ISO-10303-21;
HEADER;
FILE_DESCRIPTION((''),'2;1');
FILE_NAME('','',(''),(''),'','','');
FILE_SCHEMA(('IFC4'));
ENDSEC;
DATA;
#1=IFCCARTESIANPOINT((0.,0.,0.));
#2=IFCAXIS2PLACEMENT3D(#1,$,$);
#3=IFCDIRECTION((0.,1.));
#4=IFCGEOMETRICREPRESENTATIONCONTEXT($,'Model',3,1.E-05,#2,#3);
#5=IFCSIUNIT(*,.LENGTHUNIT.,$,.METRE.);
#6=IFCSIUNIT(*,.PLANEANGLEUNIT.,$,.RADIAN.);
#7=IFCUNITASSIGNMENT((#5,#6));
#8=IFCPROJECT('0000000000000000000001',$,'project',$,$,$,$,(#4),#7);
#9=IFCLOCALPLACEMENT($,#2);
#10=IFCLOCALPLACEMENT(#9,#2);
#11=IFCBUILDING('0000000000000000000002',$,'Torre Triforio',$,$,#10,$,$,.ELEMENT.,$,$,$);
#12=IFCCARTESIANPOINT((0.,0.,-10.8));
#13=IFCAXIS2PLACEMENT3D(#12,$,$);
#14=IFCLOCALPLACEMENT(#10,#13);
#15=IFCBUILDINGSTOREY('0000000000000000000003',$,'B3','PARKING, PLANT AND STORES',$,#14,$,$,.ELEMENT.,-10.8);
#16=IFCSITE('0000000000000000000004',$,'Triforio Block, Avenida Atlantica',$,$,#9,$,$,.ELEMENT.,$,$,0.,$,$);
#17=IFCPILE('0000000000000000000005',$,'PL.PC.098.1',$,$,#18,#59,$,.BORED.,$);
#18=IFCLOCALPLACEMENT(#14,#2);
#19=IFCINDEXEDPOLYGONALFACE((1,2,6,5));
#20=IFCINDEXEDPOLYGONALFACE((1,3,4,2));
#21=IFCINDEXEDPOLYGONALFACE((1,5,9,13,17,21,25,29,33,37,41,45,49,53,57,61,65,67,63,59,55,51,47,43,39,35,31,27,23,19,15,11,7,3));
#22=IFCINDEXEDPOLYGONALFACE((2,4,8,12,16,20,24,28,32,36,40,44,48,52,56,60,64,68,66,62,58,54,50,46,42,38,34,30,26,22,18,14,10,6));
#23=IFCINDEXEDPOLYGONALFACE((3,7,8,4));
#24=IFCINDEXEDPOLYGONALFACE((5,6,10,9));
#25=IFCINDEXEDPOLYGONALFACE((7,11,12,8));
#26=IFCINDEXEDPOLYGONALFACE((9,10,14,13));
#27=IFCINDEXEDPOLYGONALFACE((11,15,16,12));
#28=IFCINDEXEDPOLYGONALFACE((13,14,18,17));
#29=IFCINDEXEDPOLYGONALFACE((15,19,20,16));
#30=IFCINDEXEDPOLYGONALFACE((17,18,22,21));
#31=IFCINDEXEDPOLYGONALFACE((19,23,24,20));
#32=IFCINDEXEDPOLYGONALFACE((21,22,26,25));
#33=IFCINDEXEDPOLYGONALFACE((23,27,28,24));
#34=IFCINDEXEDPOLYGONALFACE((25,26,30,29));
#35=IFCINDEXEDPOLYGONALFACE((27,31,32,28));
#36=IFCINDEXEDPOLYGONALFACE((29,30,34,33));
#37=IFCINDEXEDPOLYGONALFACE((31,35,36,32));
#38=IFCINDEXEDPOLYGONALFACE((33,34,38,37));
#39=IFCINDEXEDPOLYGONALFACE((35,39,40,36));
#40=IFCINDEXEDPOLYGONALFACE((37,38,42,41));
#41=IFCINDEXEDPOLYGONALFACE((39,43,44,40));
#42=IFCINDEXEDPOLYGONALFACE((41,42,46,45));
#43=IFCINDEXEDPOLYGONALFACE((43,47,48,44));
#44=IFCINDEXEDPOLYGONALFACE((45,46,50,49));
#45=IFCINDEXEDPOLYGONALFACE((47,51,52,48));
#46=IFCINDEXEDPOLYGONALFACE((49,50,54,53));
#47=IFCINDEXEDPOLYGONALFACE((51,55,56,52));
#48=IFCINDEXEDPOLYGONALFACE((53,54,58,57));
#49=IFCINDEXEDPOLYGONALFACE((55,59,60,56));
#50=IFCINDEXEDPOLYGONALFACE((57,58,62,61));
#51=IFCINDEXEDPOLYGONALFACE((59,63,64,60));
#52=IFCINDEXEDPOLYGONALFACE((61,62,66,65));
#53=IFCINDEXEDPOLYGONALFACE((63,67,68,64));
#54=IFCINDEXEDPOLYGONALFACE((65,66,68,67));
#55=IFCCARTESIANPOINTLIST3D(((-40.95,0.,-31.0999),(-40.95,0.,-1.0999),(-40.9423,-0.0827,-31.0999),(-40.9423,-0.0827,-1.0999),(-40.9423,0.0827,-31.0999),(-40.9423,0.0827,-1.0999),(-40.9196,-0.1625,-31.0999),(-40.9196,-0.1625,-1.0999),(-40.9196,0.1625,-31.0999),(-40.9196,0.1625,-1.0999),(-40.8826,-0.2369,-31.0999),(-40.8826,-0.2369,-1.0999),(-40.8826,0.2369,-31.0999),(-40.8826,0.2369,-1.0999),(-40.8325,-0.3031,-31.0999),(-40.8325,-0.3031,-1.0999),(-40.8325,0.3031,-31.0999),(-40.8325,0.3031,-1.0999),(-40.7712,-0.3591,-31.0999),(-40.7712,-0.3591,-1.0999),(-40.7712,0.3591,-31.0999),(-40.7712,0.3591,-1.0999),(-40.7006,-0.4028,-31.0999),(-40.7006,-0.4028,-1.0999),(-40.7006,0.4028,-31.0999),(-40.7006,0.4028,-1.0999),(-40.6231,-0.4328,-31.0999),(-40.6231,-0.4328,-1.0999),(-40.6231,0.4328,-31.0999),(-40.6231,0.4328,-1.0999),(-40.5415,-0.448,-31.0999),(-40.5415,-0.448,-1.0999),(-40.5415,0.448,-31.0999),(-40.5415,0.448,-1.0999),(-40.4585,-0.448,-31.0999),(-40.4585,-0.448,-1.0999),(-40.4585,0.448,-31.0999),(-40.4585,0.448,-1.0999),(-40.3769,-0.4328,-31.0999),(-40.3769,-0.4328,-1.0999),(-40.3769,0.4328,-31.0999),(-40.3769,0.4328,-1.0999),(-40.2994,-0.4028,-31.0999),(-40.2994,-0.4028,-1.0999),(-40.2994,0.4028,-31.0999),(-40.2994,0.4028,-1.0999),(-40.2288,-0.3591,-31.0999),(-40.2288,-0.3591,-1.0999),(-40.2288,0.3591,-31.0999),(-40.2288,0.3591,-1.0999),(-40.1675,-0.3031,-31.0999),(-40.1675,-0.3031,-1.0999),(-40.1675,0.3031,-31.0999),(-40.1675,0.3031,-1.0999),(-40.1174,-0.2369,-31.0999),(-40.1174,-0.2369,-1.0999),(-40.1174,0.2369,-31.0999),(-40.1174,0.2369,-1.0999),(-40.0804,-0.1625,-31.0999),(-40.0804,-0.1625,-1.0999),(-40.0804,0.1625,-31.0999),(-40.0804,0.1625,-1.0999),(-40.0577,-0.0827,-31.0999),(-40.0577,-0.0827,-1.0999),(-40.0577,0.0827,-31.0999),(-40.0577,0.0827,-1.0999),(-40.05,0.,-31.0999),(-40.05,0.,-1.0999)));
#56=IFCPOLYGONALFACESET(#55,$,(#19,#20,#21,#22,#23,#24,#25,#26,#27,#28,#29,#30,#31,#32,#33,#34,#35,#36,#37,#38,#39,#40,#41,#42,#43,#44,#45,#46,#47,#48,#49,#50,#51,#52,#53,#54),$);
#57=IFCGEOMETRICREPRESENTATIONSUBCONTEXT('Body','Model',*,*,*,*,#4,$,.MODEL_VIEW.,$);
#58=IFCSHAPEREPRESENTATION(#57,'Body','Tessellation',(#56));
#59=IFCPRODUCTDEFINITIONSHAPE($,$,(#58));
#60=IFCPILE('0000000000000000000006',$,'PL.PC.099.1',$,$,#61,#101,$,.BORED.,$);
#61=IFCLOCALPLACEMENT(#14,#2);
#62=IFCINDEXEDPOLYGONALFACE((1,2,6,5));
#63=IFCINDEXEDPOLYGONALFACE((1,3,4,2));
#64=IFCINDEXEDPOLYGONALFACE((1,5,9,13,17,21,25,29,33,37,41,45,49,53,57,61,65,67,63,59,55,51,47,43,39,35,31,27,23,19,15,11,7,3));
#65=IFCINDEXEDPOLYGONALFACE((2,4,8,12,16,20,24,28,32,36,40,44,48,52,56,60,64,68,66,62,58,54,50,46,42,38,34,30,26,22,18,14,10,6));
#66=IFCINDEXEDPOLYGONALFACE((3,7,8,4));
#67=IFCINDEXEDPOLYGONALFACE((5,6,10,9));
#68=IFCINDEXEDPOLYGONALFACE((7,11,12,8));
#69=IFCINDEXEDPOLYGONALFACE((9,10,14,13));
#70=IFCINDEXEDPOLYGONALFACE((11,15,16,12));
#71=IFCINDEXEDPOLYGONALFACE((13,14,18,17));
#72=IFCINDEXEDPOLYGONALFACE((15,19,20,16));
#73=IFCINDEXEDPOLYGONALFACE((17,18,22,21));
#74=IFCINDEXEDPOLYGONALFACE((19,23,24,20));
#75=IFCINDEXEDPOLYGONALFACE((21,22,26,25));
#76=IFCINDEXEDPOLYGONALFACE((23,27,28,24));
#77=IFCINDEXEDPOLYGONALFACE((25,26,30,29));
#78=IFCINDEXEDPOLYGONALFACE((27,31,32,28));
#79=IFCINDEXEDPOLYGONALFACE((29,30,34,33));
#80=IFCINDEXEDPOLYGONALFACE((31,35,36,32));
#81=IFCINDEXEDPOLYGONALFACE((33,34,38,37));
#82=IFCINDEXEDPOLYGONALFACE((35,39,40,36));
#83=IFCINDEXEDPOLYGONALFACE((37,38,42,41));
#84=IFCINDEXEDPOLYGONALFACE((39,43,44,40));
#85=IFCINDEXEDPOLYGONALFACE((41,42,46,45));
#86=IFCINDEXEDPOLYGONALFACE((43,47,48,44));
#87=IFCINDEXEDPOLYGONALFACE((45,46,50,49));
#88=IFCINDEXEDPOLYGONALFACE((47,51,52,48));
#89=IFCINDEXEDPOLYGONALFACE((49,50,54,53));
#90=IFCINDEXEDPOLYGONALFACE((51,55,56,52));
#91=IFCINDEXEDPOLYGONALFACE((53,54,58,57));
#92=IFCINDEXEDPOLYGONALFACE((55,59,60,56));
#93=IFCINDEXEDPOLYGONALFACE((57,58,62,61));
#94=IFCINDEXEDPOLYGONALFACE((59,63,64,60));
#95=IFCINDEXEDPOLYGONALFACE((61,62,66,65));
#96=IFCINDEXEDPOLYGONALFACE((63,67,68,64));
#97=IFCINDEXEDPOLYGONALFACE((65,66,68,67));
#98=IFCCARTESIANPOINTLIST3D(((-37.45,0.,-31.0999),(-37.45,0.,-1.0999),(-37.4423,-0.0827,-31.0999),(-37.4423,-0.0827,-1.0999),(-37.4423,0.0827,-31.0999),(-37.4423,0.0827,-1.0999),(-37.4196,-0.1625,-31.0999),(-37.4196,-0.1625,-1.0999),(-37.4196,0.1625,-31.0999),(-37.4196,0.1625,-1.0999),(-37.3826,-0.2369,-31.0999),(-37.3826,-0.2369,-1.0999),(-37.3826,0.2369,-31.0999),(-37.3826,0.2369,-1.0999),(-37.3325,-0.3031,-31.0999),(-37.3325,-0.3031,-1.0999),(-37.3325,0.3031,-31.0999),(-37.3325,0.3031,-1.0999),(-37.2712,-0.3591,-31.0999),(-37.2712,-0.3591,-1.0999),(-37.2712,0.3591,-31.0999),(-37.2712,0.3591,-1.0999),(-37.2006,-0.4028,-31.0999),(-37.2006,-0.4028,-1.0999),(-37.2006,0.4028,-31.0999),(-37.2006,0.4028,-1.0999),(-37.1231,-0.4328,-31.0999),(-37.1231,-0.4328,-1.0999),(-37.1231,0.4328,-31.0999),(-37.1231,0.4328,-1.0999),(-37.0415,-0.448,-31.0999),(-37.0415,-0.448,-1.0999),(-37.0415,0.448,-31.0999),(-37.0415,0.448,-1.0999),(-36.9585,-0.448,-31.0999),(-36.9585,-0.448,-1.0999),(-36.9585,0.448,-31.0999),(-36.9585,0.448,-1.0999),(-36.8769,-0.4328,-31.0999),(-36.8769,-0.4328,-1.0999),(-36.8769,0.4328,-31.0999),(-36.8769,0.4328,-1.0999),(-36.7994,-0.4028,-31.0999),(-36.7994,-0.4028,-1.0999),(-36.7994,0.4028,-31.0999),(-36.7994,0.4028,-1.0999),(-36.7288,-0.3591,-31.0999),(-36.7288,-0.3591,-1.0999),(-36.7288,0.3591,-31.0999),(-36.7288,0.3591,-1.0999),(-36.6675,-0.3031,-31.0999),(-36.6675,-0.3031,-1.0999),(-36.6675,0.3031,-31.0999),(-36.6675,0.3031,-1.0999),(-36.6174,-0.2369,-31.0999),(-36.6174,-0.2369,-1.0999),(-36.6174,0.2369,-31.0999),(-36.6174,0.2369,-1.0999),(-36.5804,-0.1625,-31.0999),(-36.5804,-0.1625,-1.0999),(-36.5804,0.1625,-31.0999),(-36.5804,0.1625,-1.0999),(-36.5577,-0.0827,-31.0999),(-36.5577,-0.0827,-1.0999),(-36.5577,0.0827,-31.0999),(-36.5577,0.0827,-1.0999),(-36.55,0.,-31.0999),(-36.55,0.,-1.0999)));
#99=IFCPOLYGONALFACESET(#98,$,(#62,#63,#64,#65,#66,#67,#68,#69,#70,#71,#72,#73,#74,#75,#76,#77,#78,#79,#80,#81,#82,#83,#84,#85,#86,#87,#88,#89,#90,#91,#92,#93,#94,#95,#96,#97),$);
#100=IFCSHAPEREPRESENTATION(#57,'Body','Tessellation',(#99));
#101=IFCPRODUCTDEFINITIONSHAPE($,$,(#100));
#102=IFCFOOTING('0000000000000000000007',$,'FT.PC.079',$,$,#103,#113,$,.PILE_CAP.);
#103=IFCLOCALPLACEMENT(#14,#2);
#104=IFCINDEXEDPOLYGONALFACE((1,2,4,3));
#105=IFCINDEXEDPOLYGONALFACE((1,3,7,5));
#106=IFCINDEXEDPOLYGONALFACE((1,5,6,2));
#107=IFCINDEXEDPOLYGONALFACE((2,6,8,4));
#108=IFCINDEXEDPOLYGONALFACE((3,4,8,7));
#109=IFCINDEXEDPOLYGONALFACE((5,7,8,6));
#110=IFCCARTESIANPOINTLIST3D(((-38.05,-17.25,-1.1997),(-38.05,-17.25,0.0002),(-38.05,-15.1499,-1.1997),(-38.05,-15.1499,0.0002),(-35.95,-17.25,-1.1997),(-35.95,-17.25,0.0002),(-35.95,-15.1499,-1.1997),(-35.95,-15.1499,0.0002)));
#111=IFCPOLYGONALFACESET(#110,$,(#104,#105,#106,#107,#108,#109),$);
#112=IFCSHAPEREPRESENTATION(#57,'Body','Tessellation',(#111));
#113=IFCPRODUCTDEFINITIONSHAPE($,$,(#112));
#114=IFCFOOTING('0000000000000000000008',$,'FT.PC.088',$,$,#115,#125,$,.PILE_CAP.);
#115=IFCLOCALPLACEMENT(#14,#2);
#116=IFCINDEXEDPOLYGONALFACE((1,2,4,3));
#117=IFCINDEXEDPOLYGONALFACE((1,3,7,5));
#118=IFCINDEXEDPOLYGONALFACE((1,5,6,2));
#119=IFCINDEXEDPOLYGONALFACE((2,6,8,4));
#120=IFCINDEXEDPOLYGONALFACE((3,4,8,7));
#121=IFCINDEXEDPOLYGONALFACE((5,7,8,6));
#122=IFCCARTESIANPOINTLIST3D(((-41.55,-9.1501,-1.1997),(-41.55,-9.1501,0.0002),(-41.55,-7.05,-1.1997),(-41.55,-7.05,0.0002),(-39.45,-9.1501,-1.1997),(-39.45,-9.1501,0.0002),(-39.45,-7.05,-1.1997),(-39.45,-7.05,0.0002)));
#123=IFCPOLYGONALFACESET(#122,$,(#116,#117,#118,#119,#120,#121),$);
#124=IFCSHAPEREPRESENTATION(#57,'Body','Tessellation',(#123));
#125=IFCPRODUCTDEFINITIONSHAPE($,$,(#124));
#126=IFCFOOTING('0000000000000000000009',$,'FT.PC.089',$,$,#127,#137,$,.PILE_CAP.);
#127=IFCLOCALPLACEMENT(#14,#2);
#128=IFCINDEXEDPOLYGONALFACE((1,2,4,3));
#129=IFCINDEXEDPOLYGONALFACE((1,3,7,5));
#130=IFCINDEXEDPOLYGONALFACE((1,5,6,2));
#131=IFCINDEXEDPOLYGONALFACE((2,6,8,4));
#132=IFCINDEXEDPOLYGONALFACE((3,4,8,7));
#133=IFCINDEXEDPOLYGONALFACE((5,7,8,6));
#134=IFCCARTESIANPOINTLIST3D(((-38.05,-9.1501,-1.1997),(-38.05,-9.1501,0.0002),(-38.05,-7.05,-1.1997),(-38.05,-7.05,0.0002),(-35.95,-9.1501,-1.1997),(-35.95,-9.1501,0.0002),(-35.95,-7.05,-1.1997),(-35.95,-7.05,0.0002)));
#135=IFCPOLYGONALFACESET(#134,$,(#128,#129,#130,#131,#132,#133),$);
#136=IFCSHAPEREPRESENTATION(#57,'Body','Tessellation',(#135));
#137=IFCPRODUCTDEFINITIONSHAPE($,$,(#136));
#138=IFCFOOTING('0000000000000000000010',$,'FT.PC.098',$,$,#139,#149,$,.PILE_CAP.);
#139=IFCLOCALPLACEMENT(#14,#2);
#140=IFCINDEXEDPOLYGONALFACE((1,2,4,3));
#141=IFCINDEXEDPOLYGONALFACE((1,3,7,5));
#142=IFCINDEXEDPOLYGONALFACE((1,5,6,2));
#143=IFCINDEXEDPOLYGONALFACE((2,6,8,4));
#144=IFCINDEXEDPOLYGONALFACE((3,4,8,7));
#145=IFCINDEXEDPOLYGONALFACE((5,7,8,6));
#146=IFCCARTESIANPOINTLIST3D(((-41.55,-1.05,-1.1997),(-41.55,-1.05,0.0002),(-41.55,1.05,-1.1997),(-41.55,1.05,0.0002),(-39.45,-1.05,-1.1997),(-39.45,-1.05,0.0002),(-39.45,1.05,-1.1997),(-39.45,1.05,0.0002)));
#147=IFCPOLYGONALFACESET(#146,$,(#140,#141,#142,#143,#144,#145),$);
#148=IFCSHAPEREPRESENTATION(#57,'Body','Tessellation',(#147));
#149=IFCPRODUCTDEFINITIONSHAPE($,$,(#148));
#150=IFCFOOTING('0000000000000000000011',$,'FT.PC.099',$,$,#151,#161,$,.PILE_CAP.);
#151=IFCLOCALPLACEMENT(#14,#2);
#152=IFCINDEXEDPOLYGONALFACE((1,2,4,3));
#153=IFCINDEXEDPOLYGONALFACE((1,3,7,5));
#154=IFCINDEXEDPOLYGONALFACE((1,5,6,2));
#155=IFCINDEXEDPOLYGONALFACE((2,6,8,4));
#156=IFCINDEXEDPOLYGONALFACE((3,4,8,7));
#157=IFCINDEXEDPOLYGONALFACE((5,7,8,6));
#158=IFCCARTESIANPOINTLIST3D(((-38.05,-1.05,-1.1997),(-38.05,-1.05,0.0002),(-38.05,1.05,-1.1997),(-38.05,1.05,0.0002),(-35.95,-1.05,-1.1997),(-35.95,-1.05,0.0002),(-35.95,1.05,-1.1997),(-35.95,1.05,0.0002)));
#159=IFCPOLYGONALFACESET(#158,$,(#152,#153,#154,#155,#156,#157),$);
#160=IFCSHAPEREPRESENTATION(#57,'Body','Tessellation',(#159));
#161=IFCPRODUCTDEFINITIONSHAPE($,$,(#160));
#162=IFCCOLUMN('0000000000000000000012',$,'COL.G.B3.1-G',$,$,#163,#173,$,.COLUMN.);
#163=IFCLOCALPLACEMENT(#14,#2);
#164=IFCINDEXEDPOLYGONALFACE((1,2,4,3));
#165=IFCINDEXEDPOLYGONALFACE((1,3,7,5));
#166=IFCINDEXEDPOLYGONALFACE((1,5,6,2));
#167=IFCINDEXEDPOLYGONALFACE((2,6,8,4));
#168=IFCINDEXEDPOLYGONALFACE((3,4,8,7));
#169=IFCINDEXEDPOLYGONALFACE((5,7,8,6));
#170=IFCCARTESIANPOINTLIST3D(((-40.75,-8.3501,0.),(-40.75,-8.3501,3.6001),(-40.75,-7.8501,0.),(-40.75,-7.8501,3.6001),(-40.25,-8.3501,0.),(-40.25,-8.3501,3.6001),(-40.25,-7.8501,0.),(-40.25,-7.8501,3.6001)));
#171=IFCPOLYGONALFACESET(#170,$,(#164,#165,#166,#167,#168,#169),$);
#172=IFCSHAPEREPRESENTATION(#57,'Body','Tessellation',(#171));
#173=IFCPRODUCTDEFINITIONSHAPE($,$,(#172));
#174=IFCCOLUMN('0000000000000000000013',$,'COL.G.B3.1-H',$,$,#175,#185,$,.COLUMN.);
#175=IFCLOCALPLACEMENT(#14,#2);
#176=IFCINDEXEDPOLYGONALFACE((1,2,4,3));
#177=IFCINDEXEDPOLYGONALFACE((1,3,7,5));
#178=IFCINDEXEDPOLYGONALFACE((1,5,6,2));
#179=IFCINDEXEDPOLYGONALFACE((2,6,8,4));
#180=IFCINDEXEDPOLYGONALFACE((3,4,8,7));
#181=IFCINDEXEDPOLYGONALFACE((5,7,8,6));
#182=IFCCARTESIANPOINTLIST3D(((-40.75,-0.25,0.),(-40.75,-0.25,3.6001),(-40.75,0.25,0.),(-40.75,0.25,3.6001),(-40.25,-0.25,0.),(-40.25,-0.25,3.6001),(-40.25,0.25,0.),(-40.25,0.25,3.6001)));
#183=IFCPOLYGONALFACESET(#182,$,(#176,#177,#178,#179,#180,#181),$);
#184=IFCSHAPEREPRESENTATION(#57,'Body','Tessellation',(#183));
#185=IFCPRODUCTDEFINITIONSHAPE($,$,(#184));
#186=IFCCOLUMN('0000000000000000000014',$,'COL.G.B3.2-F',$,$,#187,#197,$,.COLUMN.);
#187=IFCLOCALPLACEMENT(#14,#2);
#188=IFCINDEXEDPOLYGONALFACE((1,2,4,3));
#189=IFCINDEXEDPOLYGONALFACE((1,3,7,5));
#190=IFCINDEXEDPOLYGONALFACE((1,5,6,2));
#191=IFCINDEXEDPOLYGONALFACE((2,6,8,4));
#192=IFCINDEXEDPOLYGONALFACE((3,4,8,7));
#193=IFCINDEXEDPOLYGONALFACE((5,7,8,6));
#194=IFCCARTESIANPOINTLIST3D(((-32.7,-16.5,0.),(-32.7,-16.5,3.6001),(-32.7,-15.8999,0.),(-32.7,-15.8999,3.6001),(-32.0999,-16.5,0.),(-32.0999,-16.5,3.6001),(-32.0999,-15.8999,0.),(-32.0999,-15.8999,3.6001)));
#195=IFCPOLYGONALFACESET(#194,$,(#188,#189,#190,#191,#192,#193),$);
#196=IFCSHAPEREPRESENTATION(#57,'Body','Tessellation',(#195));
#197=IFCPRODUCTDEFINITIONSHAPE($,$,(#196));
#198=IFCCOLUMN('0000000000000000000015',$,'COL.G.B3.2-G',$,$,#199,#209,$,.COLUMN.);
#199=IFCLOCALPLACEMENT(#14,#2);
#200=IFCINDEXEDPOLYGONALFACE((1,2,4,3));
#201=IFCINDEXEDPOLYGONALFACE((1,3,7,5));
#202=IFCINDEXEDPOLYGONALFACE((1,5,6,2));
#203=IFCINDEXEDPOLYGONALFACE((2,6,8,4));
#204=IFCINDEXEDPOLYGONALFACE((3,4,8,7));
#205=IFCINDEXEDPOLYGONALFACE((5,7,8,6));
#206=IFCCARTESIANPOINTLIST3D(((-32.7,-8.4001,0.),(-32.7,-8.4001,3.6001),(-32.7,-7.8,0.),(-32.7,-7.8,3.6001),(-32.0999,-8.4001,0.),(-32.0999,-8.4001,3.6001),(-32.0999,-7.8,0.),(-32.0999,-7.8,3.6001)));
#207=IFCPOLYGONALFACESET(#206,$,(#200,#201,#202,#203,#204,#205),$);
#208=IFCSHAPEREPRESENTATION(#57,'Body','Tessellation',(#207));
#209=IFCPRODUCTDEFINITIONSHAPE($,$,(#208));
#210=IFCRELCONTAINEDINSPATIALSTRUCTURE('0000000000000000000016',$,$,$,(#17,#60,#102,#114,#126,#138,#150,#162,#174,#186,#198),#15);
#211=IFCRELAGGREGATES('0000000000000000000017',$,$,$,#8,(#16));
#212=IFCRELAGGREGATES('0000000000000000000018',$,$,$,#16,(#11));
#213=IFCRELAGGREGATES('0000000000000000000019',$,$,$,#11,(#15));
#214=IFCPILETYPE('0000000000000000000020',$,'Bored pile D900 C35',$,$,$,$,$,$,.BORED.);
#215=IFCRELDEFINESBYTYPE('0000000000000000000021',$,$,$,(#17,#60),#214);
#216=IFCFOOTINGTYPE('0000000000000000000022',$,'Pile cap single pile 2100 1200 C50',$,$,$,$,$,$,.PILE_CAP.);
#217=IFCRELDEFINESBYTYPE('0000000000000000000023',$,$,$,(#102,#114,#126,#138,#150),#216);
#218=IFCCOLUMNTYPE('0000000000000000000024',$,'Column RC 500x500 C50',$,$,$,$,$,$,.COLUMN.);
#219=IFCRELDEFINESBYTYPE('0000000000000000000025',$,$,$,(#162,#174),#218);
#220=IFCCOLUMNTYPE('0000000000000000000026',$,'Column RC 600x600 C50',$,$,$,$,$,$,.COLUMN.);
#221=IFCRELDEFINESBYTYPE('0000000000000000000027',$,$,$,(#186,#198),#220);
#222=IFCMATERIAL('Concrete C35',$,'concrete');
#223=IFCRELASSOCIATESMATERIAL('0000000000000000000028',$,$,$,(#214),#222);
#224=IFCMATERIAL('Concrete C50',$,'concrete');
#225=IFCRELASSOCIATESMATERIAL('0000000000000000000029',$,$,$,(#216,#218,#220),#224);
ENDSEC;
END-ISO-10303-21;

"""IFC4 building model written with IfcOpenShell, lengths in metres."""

from ifc_helpers import new_model, si_unit, direction, frame, origin, origin_2d, place, context, subcontext, project, spatial, rectangle, circle, extrude, material, material_profile, profile_set, type_object, element, save


model = new_model("IFC4")

# Units and contexts
model_context = context("Model", 3, precision=1e-05, world=origin(), true_north=direction((0.0, 1.0)))
body_context = subcontext(model_context, "Body", "Model", "MODEL_VIEW")
ifc_project = project(units=[si_unit("LENGTHUNIT", "METRE"), si_unit("PLANEANGLEUNIT", "RADIAN")], contexts=[model_context])

# Site, building, storey
site_placement = place(None, origin())
site = spatial("IfcSite", under=ifc_project, at=site_placement, Name="Triforio Block, Avenida Atlantica", CompositionType="ELEMENT", RefElevation=0.0)
building_placement = place(site_placement, origin())
building = spatial("IfcBuilding", under=site, at=building_placement, Name="Torre Triforio", CompositionType="ELEMENT")
storey_placement = place(building_placement, frame((0.0, 0.0, -10.8)))
storey = spatial("IfcBuildingStorey", under=building, at=storey_placement, Name="B3", Description="PARKING, PLANT AND STORES", CompositionType="ELEMENT", Elevation=-10.8)

# Piles
ifc_material_1 = material(Name="Concrete C35", Category="concrete")
ifc_material_profile_1 = material_profile(ifc_material_1, circle(Radius=0.45, at=origin_2d()), Name="RC D900")
ifc_profile_set_1 = profile_set([ifc_material_profile_1], Name="Concrete C35")
pile_type = type_object("IfcPileType", Name="Bored pile D900 C35", PredefinedType="BORED", material=ifc_profile_set_1)
for number, where, z_axis, x_axis, name in (
    (1, (-40.5, 0.0, -1.0999), (0.0, 0.0, -1.0), (1.0, 0.0, 0.0), "PL.PC.098.1"),
    (2, (-37.0, 0.0, -1.0999), (0.0, 0.0, -1.0), (1.0, 0.0, 0.0), "PL.PC.099.1"),
):
    element("IfcPile", number, at=place(storey_placement, frame(where, z_axis=z_axis, x_axis=x_axis)), inside=storey, type_object=pile_type, Name=name, PredefinedType="BORED", context=body_context, shape_type="SweptSolid", body=[
        extrude(circle(Radius=0.45, at=origin_2d()), origin(), (0.0, 0.0, 1.0), 30.0),
    ])

# Footings
ifc_material_2 = material(Name="Concrete C50", Category="concrete")
footing_type = type_object("IfcFootingType", Name="Pile cap single pile 2100 1200 C50", PredefinedType="PILE_CAP", material=ifc_material_2)
for number, where, z_axis, x_axis, name in (
    (3, (-37.0, -16.2, -1.1997), (0.0, 0.0, 1.0), (1.0, 0.0, 0.0), "FT.PC.079"),
    (4, (-40.5, -8.1001, -1.1997), (0.0, 0.0, 1.0), (1.0, 0.0, 0.0), "FT.PC.088"),
    (5, (-37.0, -8.1001, -1.1997), (0.0, 0.0, 1.0), (1.0, 0.0, 0.0), "FT.PC.089"),
    (6, (-40.5, 0.0, -1.1997), (0.0, 0.0, 1.0), (1.0, 0.0, 0.0), "FT.PC.098"),
    (7, (-37.0, 0.0, -1.1997), (0.0, 0.0, 1.0), (1.0, 0.0, 0.0), "FT.PC.099"),
):
    element("IfcFooting", number, at=place(storey_placement, frame(where, z_axis=z_axis, x_axis=x_axis)), inside=storey, type_object=footing_type, Name=name, PredefinedType="PILE_CAP", context=body_context, shape_type="SweptSolid", body=[
        extrude(rectangle(XDim=2.1001, YDim=2.1001, at=origin_2d()), origin(), (0.0, 0.0, 1.0), 1.2),
    ])

# Columns
ifc_material_profile_2 = material_profile(ifc_material_2, rectangle(XDim=0.5, YDim=0.5, at=origin_2d()), Name="RC 500x500")
ifc_profile_set_2 = profile_set([ifc_material_profile_2], Name="Concrete C50")
column_type_1 = type_object("IfcColumnType", Name="Column RC 500x500 C50", PredefinedType="COLUMN", material=ifc_profile_set_2)
for number, where, z_axis, x_axis, name in (
    (8, (-40.5, -8.1001, 0.0), (0.0, 0.0, 1.0), (1.0, 0.0, 0.0), "COL.G.B3.1-G"),
    (9, (-40.5, 0.0, 0.0), (0.0, 0.0, 1.0), (1.0, 0.0, 0.0), "COL.G.B3.1-H"),
):
    element("IfcColumn", number, at=place(storey_placement, frame(where, z_axis=z_axis, x_axis=x_axis)), inside=storey, type_object=column_type_1, Name=name, PredefinedType="COLUMN", context=body_context, shape_type="SweptSolid", body=[
        extrude(rectangle(XDim=0.5, YDim=0.5, at=origin_2d()), origin(), (0.0, 0.0, 1.0), 3.6001),
    ])
ifc_material_profile_3 = material_profile(ifc_material_2, rectangle(XDim=0.6001, YDim=0.6001, at=origin_2d()), Name="RC 600x600")
ifc_profile_set_3 = profile_set([ifc_material_profile_3], Name="Concrete C50")
column_type_2 = type_object("IfcColumnType", Name="Column RC 600x600 C50", PredefinedType="COLUMN", material=ifc_profile_set_3)
for number, where, z_axis, x_axis, name in (
    (10, (-32.3999, -16.2, 0.0), (0.0, 0.0, 1.0), (1.0, 0.0, 0.0), "COL.G.B3.2-F"),
    (11, (-32.3999, -8.1001, 0.0), (0.0, 0.0, 1.0), (1.0, 0.0, 0.0), "COL.G.B3.2-G"),
):
    element("IfcColumn", number, at=place(storey_placement, frame(where, z_axis=z_axis, x_axis=x_axis)), inside=storey, type_object=column_type_2, Name=name, PredefinedType="COLUMN", context=body_context, shape_type="SweptSolid", body=[
        extrude(rectangle(XDim=0.6001, YDim=0.6001, at=origin_2d()), origin(), (0.0, 0.0, 1.0), 3.6001),
    ])

save(model, "model.ifc")
